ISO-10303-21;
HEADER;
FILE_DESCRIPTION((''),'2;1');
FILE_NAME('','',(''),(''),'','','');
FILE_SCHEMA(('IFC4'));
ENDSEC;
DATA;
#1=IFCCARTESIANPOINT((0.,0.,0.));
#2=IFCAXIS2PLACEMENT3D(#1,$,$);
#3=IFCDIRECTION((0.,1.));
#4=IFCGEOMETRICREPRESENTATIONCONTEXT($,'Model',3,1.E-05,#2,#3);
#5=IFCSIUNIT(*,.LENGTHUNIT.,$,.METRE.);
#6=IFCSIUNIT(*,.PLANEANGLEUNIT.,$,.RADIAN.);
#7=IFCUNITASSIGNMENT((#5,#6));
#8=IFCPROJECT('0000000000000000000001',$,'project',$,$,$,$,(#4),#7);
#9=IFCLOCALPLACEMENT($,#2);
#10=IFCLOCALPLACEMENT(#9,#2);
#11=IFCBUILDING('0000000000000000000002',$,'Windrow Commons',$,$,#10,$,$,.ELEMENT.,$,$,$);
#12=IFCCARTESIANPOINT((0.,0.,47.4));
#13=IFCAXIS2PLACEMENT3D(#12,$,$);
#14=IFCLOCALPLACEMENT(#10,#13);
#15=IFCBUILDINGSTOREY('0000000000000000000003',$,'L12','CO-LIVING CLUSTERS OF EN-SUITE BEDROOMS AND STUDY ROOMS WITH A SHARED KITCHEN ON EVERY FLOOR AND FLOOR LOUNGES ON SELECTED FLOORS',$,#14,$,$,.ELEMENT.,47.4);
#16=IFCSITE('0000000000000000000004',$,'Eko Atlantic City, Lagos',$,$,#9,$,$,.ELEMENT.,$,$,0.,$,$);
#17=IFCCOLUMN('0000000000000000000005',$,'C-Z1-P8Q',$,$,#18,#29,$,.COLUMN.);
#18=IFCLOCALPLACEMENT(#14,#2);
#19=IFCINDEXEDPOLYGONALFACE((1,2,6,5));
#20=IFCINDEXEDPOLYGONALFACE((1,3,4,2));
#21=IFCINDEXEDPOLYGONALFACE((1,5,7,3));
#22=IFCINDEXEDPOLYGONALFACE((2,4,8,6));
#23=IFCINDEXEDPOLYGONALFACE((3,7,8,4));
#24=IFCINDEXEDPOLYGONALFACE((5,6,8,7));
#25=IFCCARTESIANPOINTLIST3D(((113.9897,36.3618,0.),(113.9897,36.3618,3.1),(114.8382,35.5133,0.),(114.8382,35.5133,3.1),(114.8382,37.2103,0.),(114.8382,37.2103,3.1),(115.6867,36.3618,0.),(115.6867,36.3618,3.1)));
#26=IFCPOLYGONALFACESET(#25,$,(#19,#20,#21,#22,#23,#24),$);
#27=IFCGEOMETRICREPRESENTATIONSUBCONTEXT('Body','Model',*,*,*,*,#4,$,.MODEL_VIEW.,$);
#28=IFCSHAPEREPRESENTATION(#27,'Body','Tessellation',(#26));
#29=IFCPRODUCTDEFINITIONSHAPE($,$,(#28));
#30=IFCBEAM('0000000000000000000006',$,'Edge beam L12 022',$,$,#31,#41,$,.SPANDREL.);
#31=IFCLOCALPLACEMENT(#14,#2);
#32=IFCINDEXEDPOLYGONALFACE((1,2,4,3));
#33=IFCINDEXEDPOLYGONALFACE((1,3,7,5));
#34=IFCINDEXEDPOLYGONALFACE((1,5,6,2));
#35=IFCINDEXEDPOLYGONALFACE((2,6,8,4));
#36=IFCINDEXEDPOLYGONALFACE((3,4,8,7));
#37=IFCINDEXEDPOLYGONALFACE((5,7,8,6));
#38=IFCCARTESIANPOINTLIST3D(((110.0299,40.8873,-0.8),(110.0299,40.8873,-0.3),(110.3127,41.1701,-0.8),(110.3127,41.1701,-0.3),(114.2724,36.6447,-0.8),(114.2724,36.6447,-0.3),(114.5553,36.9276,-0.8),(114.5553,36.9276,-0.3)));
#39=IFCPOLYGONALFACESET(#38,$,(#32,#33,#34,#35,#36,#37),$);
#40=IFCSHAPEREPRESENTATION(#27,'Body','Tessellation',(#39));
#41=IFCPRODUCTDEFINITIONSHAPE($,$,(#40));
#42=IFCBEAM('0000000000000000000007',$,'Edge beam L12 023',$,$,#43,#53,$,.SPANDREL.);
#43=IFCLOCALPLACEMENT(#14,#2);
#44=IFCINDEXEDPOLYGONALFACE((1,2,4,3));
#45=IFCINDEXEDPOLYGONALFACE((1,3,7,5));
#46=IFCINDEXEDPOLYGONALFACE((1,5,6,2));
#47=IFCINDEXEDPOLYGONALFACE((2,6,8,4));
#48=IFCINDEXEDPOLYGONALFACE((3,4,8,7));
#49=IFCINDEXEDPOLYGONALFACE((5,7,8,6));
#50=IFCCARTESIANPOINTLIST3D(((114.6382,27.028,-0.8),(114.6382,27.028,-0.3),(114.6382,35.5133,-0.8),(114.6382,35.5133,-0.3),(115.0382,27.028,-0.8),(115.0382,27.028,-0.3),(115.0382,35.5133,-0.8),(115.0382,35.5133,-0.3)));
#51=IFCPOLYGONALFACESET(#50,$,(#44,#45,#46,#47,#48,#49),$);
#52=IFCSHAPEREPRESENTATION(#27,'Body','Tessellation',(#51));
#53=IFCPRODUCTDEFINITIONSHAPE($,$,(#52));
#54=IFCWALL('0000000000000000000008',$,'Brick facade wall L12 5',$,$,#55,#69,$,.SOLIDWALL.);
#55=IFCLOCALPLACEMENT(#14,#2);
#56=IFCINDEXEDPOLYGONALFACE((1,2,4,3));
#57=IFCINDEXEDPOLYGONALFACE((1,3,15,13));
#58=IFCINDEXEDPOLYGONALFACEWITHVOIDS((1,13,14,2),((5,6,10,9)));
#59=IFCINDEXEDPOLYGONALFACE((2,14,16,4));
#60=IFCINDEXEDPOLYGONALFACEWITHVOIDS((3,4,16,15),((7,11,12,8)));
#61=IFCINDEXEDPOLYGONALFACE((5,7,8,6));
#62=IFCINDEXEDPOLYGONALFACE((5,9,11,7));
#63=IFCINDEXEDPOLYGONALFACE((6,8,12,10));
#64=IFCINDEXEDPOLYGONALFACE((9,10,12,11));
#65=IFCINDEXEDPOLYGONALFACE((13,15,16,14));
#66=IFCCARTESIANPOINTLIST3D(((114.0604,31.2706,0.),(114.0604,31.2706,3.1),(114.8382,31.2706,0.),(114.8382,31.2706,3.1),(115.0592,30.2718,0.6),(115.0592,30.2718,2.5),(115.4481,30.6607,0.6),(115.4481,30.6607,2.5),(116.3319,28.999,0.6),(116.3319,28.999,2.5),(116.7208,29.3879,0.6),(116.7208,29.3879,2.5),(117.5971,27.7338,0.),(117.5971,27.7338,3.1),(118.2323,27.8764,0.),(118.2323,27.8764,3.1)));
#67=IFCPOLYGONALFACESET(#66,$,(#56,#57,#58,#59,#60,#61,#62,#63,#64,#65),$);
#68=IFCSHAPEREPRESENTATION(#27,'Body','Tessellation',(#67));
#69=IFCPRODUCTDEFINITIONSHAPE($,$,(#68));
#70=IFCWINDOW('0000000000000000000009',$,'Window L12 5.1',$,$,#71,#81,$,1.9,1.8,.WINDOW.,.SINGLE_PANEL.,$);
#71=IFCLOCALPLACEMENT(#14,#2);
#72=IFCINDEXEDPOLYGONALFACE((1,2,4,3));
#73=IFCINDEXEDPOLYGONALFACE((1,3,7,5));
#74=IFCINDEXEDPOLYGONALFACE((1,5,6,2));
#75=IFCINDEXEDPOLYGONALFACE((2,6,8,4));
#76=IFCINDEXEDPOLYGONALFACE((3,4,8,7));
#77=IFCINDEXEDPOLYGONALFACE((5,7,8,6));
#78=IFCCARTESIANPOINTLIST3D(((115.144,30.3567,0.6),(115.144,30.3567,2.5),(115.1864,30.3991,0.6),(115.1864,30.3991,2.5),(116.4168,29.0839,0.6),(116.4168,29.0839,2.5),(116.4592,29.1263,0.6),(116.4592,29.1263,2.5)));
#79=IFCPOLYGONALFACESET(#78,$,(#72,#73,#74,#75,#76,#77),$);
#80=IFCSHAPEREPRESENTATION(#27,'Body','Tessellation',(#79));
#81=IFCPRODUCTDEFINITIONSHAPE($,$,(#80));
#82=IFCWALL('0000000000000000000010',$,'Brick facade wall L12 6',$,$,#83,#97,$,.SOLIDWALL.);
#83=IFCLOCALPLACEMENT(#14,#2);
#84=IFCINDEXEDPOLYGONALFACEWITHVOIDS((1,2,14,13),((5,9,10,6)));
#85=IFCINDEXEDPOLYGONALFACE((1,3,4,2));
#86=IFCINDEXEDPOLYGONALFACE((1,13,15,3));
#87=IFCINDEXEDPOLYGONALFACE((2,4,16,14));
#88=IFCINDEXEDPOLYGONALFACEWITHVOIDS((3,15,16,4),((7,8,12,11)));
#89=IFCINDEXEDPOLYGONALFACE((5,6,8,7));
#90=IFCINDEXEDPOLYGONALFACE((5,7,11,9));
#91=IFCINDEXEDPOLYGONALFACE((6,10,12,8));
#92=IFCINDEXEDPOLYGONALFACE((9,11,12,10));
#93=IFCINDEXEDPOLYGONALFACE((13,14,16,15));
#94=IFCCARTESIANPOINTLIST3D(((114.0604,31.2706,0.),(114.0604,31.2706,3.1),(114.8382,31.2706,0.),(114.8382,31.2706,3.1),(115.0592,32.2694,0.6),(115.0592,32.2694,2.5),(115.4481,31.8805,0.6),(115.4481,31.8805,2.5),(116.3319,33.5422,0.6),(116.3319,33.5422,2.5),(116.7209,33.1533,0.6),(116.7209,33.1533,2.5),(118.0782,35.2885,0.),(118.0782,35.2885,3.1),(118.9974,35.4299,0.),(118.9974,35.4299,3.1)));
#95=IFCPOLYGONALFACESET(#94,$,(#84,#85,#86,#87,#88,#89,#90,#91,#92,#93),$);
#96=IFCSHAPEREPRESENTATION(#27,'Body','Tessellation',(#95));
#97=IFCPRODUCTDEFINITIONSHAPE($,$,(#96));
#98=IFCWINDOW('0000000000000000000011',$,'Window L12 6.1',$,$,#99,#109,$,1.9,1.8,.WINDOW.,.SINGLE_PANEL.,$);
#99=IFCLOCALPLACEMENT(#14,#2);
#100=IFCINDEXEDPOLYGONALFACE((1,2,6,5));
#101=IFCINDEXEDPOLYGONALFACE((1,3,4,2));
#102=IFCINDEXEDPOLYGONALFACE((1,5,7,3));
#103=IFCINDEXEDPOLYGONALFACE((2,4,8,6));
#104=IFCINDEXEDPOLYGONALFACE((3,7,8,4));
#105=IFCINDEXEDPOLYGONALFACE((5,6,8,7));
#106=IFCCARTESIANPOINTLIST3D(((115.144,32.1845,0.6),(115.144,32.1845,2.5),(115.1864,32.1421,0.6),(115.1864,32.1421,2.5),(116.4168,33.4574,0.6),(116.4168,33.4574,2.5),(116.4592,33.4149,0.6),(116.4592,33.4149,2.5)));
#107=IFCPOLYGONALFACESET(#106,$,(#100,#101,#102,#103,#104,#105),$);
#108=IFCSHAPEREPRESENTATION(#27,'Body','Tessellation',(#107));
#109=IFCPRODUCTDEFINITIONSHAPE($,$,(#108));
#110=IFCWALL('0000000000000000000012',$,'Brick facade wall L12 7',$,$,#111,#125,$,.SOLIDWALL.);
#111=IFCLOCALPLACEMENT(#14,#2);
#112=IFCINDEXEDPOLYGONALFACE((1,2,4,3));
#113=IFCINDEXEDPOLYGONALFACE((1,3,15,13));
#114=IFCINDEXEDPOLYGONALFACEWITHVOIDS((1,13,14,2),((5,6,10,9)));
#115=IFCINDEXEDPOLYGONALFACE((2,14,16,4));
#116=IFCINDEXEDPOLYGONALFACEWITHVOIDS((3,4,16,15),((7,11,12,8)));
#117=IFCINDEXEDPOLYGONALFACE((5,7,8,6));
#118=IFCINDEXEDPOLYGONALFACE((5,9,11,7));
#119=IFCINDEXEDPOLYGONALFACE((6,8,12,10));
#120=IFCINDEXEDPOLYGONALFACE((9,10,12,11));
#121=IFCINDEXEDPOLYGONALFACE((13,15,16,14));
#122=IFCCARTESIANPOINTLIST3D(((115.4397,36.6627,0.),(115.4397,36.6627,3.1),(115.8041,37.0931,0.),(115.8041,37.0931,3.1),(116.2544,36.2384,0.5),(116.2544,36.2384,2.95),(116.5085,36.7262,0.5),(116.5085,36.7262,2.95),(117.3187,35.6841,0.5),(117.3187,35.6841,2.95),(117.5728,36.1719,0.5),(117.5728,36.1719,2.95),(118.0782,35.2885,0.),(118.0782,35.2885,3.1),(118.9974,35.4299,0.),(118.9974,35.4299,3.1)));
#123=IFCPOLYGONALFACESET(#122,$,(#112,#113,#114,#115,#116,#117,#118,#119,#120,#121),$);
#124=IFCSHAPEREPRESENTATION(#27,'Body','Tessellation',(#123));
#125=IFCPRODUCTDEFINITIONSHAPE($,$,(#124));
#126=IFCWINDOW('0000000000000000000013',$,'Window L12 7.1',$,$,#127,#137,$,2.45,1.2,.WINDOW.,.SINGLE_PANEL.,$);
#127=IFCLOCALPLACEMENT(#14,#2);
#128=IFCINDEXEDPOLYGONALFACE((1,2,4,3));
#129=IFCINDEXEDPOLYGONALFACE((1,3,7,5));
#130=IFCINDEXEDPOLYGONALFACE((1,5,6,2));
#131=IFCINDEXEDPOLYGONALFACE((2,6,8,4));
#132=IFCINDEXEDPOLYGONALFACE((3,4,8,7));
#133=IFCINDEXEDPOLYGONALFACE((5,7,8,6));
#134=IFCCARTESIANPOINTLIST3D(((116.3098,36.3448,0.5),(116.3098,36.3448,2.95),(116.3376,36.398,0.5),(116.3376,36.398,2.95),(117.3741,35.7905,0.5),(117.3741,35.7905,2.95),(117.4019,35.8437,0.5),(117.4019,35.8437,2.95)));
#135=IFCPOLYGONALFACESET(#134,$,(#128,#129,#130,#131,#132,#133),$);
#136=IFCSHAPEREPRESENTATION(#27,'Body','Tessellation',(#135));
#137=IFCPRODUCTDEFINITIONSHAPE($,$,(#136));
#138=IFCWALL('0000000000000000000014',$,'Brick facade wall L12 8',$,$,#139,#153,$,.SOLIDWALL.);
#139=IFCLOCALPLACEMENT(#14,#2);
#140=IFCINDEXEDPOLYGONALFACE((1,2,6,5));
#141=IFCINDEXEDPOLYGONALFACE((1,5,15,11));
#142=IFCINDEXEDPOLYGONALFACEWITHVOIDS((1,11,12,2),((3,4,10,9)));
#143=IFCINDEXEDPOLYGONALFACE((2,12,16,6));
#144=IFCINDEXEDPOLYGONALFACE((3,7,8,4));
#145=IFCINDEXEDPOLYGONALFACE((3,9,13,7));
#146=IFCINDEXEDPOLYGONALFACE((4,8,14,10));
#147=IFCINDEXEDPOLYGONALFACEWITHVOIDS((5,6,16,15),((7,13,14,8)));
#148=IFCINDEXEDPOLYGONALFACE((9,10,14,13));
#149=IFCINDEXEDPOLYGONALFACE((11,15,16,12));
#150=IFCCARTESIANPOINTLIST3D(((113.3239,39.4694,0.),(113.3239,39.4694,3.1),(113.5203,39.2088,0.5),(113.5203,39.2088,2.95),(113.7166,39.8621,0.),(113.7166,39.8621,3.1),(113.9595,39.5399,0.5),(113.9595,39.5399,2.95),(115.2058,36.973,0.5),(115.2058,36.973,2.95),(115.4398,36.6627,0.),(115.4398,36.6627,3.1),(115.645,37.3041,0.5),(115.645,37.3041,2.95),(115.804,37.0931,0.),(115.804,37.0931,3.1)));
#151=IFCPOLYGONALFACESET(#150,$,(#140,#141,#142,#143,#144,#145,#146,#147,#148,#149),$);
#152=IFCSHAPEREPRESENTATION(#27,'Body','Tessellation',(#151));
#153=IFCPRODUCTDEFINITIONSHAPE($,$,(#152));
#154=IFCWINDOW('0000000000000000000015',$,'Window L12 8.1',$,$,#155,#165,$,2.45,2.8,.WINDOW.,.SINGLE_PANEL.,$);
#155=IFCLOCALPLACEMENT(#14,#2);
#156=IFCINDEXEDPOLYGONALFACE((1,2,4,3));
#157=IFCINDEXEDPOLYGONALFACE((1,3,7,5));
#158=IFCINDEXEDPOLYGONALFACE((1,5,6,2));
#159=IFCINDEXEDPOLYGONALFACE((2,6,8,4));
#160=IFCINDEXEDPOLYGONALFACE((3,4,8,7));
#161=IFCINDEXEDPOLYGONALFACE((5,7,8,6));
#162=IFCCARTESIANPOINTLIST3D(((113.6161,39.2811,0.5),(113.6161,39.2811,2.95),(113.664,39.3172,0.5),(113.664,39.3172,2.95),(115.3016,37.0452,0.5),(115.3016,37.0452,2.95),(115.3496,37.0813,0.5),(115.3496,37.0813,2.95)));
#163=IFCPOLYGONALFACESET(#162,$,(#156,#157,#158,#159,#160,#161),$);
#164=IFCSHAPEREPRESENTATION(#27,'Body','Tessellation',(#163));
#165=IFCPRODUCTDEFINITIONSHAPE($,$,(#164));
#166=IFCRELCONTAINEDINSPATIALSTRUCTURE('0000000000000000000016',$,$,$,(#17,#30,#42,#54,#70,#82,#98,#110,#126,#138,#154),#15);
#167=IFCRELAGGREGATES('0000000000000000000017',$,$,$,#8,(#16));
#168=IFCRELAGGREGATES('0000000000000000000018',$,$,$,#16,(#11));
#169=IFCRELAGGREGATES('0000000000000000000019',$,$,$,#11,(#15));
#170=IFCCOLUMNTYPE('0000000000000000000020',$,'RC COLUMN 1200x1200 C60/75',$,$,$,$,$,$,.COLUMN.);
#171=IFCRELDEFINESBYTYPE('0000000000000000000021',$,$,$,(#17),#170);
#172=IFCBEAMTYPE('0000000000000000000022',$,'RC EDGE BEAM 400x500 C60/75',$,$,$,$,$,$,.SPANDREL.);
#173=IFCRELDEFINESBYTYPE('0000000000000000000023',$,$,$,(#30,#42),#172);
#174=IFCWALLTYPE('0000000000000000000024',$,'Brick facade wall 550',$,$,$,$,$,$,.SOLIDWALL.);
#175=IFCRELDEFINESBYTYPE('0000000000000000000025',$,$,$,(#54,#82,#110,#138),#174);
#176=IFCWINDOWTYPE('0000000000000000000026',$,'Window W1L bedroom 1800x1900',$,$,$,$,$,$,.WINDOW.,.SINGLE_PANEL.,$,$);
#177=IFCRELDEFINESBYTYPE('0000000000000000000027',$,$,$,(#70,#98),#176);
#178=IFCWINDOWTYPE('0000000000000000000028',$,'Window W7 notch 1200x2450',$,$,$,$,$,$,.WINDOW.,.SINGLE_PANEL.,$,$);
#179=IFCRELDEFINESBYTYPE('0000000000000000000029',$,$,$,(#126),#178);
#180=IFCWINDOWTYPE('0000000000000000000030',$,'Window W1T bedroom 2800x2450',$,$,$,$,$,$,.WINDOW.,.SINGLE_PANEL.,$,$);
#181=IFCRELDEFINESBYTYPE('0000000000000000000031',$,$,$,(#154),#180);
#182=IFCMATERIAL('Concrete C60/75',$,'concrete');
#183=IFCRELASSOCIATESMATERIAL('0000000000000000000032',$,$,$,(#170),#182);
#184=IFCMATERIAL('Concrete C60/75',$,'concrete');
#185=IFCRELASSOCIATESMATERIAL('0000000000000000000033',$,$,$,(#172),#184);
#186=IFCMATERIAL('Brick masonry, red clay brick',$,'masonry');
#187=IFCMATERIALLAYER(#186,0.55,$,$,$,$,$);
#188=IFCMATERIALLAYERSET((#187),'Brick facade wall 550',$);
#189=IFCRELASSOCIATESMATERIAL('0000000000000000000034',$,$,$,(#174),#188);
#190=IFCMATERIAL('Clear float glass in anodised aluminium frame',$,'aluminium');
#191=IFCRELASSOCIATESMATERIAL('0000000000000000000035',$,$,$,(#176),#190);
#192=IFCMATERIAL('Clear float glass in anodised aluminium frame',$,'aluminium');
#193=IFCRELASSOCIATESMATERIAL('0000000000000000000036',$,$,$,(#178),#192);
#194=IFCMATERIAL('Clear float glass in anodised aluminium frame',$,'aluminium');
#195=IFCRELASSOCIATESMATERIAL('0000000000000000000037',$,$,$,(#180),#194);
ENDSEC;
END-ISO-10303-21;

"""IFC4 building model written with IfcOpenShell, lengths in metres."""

from ifc_helpers import new_model, si_unit, direction, frame, frame_2d, origin, origin_2d, place, context, subcontext, project, spatial, polyline, rectangle, outline, extrude, material, layer, layer_set, material_profile, profile_set, type_object, element, fill, save


model = new_model("IFC4")

# Units and contexts
model_context = context("Model", 3, precision=1e-05, world=origin(), true_north=direction((0.0, 1.0)))
body_context = subcontext(model_context, "Body", "Model", "MODEL_VIEW")
ifc_project = project(units=[si_unit("LENGTHUNIT", "METRE"), si_unit("PLANEANGLEUNIT", "RADIAN")], contexts=[model_context])

# Site, building, storey
site_placement = place(None, origin())
site = spatial("IfcSite", under=ifc_project, at=site_placement, Name="Eko Atlantic City, Lagos", CompositionType="ELEMENT", RefElevation=0.0)
building_placement = place(site_placement, origin())
building = spatial("IfcBuilding", under=site, at=building_placement, Name="Windrow Commons", CompositionType="ELEMENT")
storey_placement = place(building_placement, frame((0.0, 0.0, 47.4)))
storey = spatial("IfcBuildingStorey", under=building, at=storey_placement, Name="L12", Description="CO-LIVING CLUSTERS OF EN-SUITE BEDROOMS AND STUDY ROOMS WITH A SHARED KITCHEN ON EVERY FLOOR AND FLOOR LOUNGES ON SELECTED FLOORS", CompositionType="ELEMENT", Elevation=47.4)

# Column
ifc_material_1 = material(Name="Concrete C60/75", Category="concrete")
ifc_material_profile_1 = material_profile(ifc_material_1, rectangle(XDim=1.2, YDim=1.2, at=origin_2d()))
ifc_profile_set_1 = profile_set([ifc_material_profile_1], Name="Concrete C60/75")
column_type = type_object("IfcColumnType", Name="RC COLUMN 1200x1200 C60/75", PredefinedType="COLUMN", material=ifc_profile_set_1)
column_placement = place(storey_placement, frame((114.8382, 36.3618, 0.0), z_axis=(0.0, 0.0, 1.0), x_axis=(0.707107, -0.707107, 0.0)))
element("IfcColumn", 1, at=column_placement, inside=storey, type_object=column_type, Name="C-Z1-P8Q", PredefinedType="COLUMN", context=body_context, shape_type="SweptSolid", body=[
    extrude(rectangle(XDim=1.2, YDim=1.2, at=origin_2d()), origin(), (0.0, 0.0, 1.0), 3.1),
])

# Beams
ifc_material_2 = material(Name="Concrete C60/75", Category="concrete")
ifc_material_profile_2 = material_profile(ifc_material_2, rectangle(XDim=0.4, YDim=0.5, at=origin_2d()))
ifc_profile_set_2 = profile_set([ifc_material_profile_2], Name="Concrete C60/75")
beam_type = type_object("IfcBeamType", Name="RC EDGE BEAM 400x500 C60/75", PredefinedType="SPANDREL", material=ifc_profile_set_2)
beam_1_placement = place(storey_placement, frame((110.1713, 41.0287, -0.55), z_axis=(0.707107, -0.707107, 0.0), x_axis=(0.707107, 0.707107, 0.0)))
element("IfcBeam", 2, at=beam_1_placement, inside=storey, type_object=beam_type, Name="Edge beam L12 022", PredefinedType="SPANDREL", context=body_context, shape_type="SweptSolid", body=[
    extrude(rectangle(XDim=0.4, YDim=0.5, at=origin_2d()), origin(), (0.0, 0.0, 1.0), 5.9999),
])
beam_2_placement = place(storey_placement, frame((114.8382, 35.5133, -0.55), z_axis=(0.0, -1.0, 0.0), x_axis=(1.0, 0.0, 0.0)))
element("IfcBeam", 3, at=beam_2_placement, inside=storey, type_object=beam_type, Name="Edge beam L12 023", PredefinedType="SPANDREL", context=body_context, shape_type="SweptSolid", body=[
    extrude(rectangle(XDim=0.4, YDim=0.5, at=origin_2d()), origin(), (0.0, 0.0, 1.0), 8.4853),
])

# Walls, openings, windows
ifc_material_3 = material(Name="Brick masonry, red clay brick", Category="masonry")
ifc_layer_1 = layer(ifc_material_3, 0.55)
ifc_layer_set_1 = layer_set([ifc_layer_1], Name="Brick facade wall 550")
wall_type_1 = type_object("IfcWallType", Name="Brick facade wall 550", PredefinedType="SOLIDWALL", material=ifc_layer_set_1)
wall_1_placement = place(storey_placement, frame((117.9147, 27.8051, 0.0), z_axis=(0.0, 0.0, 1.0), x_axis=(-0.707097, 0.707117, 0.0)))
wall_1 = element("IfcWall", 4, at=wall_1_placement, inside=storey, type_object=wall_type_1, Name="Brick facade wall L12 5", PredefinedType="SOLIDWALL", context=body_context, shape_type="SweptSolid", body=[
    extrude(outline(polyline([(-0.1741, -0.275), (4.6259, -0.275), (5.1759, 0.275), (0.1741, 0.275), (-0.1741, -0.275)])), origin(), (0.0, 0.0, 1.0), 3.1),
])
opening_1_placement = place(wall_1_placement, frame((1.9634, 0.0, 0.6)))
opening_1 = element("IfcOpeningElement", 5, at=opening_1_placement, cuts=wall_1, PredefinedType="OPENING", context=body_context, shape_type="SweptSolid", body=[
    extrude(rectangle(XDim=1.8, YDim=1.9, at=frame_2d((0.9, 0.95))), frame((0.0, 0.285, 0.0), z_axis=(0.0, -1.0, 0.0), x_axis=(1.0, 0.0, 0.0)), (0.0, 0.0, 1.0), 0.57),
])
ifc_material_4 = material(Name="Clear float glass in anodised aluminium frame", Category="aluminium")
window_type_1 = type_object("IfcWindowType", Name="Window W1L bedroom 1800x1900", PartitioningType="SINGLE_PANEL", PredefinedType="WINDOW", material=ifc_material_4)
window_1_placement = place(opening_1_placement, origin())
window_1 = element("IfcWindow", 6, at=window_1_placement, inside=storey, type_object=window_type_1, Name="Window L12 5.1", OverallHeight=1.9, OverallWidth=1.8, PartitioningType="SINGLE_PANEL", PredefinedType="WINDOW", context=body_context, shape_type="SweptSolid", body=[
    extrude(rectangle(XDim=1.8, YDim=1.9, at=frame_2d((0.9, 0.95))), frame((0.0, 0.155, 0.0), z_axis=(0.0, -1.0, 0.0), x_axis=(1.0, 0.0, 0.0)), (0.0, 0.0, 1.0), 0.06),
])
fill(opening_1, window_1)
wall_2_placement = place(storey_placement, frame((114.4493, 31.2706, 0.0), z_axis=(0.0, 0.0, 1.0), x_axis=(0.707098, 0.707115, 0.0)))
wall_2 = element("IfcWall", 7, at=wall_2_placement, inside=storey, type_object=wall_type_1, Name="Brick facade wall L12 6", PredefinedType="SOLIDWALL", context=body_context, shape_type="SweptSolid", body=[
    extrude(outline(polyline([(0.275, -0.275), (6.157, -0.275), (5.4071, 0.275), (-0.275, 0.275), (0.275, -0.275)])), origin(), (0.0, 0.0, 1.0), 3.1),
])
opening_2_placement = place(wall_2_placement, frame((1.1375, 0.0, 0.6)))
opening_2 = element("IfcOpeningElement", 8, at=opening_2_placement, cuts=wall_2, PredefinedType="OPENING", context=body_context, shape_type="SweptSolid", body=[
    extrude(rectangle(XDim=1.8, YDim=1.9, at=frame_2d((0.9, 0.95))), frame((0.0, 0.285, 0.0), z_axis=(0.0, -1.0, 0.0), x_axis=(1.0, 0.0, 0.0)), (0.0, 0.0, 1.0), 0.57),
])
window_2_placement = place(opening_2_placement, origin())
window_2 = element("IfcWindow", 9, at=window_2_placement, inside=storey, type_object=window_type_1, Name="Window L12 6.1", OverallHeight=1.9, OverallWidth=1.8, PartitioningType="SINGLE_PANEL", PredefinedType="WINDOW", context=body_context, shape_type="SweptSolid", body=[
    extrude(rectangle(XDim=1.8, YDim=1.9, at=frame_2d((0.9, 0.95))), frame((0.0, 0.155, 0.0), z_axis=(0.0, -1.0, 0.0), x_axis=(1.0, 0.0, 0.0)), (0.0, 0.0, 1.0), 0.06),
])
fill(opening_2, window_2)
wall_3_placement = place(storey_placement, frame((118.5378, 35.3592, 0.0), z_axis=(0.0, 0.0, 1.0), x_axis=(-0.886914, 0.461935, 0.0)))
wall_3 = element("IfcWall", 10, at=wall_3_placement, inside=storey, type_object=wall_type_1, Name="Brick facade wall L12 7", PredefinedType="SOLIDWALL", context=body_context, shape_type="SweptSolid", body=[
    extrude(outline(polyline([(-0.375, -0.275), (3.2255, -0.275), (3.3499, 0.275), (0.375, 0.275), (-0.375, -0.275)])), origin(), (0.0, 0.0, 1.0), 3.1),
])
opening_3_placement = place(wall_3_placement, frame((1.2313, 0.0, 0.5)))
opening_3 = element("IfcOpeningElement", 11, at=opening_3_placement, cuts=wall_3, PredefinedType="OPENING", context=body_context, shape_type="SweptSolid", body=[
    extrude(rectangle(XDim=1.2, YDim=2.45, at=frame_2d((0.6, 1.225))), frame((0.0, 0.285, 0.0), z_axis=(0.0, -1.0, 0.0), x_axis=(1.0, 0.0, 0.0)), (0.0, 0.0, 1.0), 0.57),
])
ifc_material_5 = material(Name="Clear float glass in anodised aluminium frame", Category="aluminium")
window_type_2 = type_object("IfcWindowType", Name="Window W7 notch 1200x2450", PartitioningType="SINGLE_PANEL", PredefinedType="WINDOW", material=ifc_material_5)
window_3_placement = place(opening_3_placement, origin())
window_3 = element("IfcWindow", 12, at=window_3_placement, inside=storey, type_object=window_type_2, Name="Window L12 7.1", OverallHeight=2.45, OverallWidth=1.2, PartitioningType="SINGLE_PANEL", PredefinedType="WINDOW", context=body_context, shape_type="SweptSolid", body=[
    extrude(rectangle(XDim=1.2, YDim=2.45, at=frame_2d((0.6, 1.225))), frame((0.0, 0.155, 0.0), z_axis=(0.0, -1.0, 0.0), x_axis=(1.0, 0.0, 0.0)), (0.0, 0.0, 1.0), 0.06),
])
fill(opening_3, window_3)
wall_4_placement = place(storey_placement, frame((115.6219, 36.8779, 0.0), z_axis=(0.0, 0.0, 1.0), x_axis=(-0.601973, 0.798516, 0.0)))
wall_4 = element("IfcWall", 13, at=wall_4_placement, inside=storey, type_object=wall_type_1, Name="Brick facade wall L12 8", PredefinedType="SOLIDWALL", context=body_context, shape_type="SweptSolid", body=[
    extrude(outline(polyline([(0.0622, -0.275), (3.5299, -0.275), (3.4527, 0.275), (-0.0622, 0.275), (0.0622, -0.275)])), origin(), (0.0, 0.0, 1.0), 3.1),
])
opening_4_placement = place(wall_4_placement, frame((0.3264, 0.0, 0.5)))
opening_4 = element("IfcOpeningElement", 14, at=opening_4_placement, cuts=wall_4, PredefinedType="OPENING", context=body_context, shape_type="SweptSolid", body=[
    extrude(rectangle(XDim=2.8, YDim=2.45, at=frame_2d((1.4, 1.225))), frame((0.0, 0.285, 0.0), z_axis=(0.0, -1.0, 0.0), x_axis=(1.0, 0.0, 0.0)), (0.0, 0.0, 1.0), 0.57),
])
ifc_material_6 = material(Name="Clear float glass in anodised aluminium frame", Category="aluminium")
window_type_3 = type_object("IfcWindowType", Name="Window W1T bedroom 2800x2450", PartitioningType="SINGLE_PANEL", PredefinedType="WINDOW", material=ifc_material_6)
window_4_placement = place(opening_4_placement, origin())
window_4 = element("IfcWindow", 15, at=window_4_placement, inside=storey, type_object=window_type_3, Name="Window L12 8.1", OverallHeight=2.45, OverallWidth=2.8, PartitioningType="SINGLE_PANEL", PredefinedType="WINDOW", context=body_context, shape_type="SweptSolid", body=[
    extrude(rectangle(XDim=2.8, YDim=2.45, at=frame_2d((1.4, 1.225))), frame((0.0, 0.155, 0.0), z_axis=(0.0, -1.0, 0.0), x_axis=(1.0, 0.0, 0.0)), (0.0, 0.0, 1.0), 0.06),
])
fill(opening_4, window_4)

save(model, "model.ifc")
